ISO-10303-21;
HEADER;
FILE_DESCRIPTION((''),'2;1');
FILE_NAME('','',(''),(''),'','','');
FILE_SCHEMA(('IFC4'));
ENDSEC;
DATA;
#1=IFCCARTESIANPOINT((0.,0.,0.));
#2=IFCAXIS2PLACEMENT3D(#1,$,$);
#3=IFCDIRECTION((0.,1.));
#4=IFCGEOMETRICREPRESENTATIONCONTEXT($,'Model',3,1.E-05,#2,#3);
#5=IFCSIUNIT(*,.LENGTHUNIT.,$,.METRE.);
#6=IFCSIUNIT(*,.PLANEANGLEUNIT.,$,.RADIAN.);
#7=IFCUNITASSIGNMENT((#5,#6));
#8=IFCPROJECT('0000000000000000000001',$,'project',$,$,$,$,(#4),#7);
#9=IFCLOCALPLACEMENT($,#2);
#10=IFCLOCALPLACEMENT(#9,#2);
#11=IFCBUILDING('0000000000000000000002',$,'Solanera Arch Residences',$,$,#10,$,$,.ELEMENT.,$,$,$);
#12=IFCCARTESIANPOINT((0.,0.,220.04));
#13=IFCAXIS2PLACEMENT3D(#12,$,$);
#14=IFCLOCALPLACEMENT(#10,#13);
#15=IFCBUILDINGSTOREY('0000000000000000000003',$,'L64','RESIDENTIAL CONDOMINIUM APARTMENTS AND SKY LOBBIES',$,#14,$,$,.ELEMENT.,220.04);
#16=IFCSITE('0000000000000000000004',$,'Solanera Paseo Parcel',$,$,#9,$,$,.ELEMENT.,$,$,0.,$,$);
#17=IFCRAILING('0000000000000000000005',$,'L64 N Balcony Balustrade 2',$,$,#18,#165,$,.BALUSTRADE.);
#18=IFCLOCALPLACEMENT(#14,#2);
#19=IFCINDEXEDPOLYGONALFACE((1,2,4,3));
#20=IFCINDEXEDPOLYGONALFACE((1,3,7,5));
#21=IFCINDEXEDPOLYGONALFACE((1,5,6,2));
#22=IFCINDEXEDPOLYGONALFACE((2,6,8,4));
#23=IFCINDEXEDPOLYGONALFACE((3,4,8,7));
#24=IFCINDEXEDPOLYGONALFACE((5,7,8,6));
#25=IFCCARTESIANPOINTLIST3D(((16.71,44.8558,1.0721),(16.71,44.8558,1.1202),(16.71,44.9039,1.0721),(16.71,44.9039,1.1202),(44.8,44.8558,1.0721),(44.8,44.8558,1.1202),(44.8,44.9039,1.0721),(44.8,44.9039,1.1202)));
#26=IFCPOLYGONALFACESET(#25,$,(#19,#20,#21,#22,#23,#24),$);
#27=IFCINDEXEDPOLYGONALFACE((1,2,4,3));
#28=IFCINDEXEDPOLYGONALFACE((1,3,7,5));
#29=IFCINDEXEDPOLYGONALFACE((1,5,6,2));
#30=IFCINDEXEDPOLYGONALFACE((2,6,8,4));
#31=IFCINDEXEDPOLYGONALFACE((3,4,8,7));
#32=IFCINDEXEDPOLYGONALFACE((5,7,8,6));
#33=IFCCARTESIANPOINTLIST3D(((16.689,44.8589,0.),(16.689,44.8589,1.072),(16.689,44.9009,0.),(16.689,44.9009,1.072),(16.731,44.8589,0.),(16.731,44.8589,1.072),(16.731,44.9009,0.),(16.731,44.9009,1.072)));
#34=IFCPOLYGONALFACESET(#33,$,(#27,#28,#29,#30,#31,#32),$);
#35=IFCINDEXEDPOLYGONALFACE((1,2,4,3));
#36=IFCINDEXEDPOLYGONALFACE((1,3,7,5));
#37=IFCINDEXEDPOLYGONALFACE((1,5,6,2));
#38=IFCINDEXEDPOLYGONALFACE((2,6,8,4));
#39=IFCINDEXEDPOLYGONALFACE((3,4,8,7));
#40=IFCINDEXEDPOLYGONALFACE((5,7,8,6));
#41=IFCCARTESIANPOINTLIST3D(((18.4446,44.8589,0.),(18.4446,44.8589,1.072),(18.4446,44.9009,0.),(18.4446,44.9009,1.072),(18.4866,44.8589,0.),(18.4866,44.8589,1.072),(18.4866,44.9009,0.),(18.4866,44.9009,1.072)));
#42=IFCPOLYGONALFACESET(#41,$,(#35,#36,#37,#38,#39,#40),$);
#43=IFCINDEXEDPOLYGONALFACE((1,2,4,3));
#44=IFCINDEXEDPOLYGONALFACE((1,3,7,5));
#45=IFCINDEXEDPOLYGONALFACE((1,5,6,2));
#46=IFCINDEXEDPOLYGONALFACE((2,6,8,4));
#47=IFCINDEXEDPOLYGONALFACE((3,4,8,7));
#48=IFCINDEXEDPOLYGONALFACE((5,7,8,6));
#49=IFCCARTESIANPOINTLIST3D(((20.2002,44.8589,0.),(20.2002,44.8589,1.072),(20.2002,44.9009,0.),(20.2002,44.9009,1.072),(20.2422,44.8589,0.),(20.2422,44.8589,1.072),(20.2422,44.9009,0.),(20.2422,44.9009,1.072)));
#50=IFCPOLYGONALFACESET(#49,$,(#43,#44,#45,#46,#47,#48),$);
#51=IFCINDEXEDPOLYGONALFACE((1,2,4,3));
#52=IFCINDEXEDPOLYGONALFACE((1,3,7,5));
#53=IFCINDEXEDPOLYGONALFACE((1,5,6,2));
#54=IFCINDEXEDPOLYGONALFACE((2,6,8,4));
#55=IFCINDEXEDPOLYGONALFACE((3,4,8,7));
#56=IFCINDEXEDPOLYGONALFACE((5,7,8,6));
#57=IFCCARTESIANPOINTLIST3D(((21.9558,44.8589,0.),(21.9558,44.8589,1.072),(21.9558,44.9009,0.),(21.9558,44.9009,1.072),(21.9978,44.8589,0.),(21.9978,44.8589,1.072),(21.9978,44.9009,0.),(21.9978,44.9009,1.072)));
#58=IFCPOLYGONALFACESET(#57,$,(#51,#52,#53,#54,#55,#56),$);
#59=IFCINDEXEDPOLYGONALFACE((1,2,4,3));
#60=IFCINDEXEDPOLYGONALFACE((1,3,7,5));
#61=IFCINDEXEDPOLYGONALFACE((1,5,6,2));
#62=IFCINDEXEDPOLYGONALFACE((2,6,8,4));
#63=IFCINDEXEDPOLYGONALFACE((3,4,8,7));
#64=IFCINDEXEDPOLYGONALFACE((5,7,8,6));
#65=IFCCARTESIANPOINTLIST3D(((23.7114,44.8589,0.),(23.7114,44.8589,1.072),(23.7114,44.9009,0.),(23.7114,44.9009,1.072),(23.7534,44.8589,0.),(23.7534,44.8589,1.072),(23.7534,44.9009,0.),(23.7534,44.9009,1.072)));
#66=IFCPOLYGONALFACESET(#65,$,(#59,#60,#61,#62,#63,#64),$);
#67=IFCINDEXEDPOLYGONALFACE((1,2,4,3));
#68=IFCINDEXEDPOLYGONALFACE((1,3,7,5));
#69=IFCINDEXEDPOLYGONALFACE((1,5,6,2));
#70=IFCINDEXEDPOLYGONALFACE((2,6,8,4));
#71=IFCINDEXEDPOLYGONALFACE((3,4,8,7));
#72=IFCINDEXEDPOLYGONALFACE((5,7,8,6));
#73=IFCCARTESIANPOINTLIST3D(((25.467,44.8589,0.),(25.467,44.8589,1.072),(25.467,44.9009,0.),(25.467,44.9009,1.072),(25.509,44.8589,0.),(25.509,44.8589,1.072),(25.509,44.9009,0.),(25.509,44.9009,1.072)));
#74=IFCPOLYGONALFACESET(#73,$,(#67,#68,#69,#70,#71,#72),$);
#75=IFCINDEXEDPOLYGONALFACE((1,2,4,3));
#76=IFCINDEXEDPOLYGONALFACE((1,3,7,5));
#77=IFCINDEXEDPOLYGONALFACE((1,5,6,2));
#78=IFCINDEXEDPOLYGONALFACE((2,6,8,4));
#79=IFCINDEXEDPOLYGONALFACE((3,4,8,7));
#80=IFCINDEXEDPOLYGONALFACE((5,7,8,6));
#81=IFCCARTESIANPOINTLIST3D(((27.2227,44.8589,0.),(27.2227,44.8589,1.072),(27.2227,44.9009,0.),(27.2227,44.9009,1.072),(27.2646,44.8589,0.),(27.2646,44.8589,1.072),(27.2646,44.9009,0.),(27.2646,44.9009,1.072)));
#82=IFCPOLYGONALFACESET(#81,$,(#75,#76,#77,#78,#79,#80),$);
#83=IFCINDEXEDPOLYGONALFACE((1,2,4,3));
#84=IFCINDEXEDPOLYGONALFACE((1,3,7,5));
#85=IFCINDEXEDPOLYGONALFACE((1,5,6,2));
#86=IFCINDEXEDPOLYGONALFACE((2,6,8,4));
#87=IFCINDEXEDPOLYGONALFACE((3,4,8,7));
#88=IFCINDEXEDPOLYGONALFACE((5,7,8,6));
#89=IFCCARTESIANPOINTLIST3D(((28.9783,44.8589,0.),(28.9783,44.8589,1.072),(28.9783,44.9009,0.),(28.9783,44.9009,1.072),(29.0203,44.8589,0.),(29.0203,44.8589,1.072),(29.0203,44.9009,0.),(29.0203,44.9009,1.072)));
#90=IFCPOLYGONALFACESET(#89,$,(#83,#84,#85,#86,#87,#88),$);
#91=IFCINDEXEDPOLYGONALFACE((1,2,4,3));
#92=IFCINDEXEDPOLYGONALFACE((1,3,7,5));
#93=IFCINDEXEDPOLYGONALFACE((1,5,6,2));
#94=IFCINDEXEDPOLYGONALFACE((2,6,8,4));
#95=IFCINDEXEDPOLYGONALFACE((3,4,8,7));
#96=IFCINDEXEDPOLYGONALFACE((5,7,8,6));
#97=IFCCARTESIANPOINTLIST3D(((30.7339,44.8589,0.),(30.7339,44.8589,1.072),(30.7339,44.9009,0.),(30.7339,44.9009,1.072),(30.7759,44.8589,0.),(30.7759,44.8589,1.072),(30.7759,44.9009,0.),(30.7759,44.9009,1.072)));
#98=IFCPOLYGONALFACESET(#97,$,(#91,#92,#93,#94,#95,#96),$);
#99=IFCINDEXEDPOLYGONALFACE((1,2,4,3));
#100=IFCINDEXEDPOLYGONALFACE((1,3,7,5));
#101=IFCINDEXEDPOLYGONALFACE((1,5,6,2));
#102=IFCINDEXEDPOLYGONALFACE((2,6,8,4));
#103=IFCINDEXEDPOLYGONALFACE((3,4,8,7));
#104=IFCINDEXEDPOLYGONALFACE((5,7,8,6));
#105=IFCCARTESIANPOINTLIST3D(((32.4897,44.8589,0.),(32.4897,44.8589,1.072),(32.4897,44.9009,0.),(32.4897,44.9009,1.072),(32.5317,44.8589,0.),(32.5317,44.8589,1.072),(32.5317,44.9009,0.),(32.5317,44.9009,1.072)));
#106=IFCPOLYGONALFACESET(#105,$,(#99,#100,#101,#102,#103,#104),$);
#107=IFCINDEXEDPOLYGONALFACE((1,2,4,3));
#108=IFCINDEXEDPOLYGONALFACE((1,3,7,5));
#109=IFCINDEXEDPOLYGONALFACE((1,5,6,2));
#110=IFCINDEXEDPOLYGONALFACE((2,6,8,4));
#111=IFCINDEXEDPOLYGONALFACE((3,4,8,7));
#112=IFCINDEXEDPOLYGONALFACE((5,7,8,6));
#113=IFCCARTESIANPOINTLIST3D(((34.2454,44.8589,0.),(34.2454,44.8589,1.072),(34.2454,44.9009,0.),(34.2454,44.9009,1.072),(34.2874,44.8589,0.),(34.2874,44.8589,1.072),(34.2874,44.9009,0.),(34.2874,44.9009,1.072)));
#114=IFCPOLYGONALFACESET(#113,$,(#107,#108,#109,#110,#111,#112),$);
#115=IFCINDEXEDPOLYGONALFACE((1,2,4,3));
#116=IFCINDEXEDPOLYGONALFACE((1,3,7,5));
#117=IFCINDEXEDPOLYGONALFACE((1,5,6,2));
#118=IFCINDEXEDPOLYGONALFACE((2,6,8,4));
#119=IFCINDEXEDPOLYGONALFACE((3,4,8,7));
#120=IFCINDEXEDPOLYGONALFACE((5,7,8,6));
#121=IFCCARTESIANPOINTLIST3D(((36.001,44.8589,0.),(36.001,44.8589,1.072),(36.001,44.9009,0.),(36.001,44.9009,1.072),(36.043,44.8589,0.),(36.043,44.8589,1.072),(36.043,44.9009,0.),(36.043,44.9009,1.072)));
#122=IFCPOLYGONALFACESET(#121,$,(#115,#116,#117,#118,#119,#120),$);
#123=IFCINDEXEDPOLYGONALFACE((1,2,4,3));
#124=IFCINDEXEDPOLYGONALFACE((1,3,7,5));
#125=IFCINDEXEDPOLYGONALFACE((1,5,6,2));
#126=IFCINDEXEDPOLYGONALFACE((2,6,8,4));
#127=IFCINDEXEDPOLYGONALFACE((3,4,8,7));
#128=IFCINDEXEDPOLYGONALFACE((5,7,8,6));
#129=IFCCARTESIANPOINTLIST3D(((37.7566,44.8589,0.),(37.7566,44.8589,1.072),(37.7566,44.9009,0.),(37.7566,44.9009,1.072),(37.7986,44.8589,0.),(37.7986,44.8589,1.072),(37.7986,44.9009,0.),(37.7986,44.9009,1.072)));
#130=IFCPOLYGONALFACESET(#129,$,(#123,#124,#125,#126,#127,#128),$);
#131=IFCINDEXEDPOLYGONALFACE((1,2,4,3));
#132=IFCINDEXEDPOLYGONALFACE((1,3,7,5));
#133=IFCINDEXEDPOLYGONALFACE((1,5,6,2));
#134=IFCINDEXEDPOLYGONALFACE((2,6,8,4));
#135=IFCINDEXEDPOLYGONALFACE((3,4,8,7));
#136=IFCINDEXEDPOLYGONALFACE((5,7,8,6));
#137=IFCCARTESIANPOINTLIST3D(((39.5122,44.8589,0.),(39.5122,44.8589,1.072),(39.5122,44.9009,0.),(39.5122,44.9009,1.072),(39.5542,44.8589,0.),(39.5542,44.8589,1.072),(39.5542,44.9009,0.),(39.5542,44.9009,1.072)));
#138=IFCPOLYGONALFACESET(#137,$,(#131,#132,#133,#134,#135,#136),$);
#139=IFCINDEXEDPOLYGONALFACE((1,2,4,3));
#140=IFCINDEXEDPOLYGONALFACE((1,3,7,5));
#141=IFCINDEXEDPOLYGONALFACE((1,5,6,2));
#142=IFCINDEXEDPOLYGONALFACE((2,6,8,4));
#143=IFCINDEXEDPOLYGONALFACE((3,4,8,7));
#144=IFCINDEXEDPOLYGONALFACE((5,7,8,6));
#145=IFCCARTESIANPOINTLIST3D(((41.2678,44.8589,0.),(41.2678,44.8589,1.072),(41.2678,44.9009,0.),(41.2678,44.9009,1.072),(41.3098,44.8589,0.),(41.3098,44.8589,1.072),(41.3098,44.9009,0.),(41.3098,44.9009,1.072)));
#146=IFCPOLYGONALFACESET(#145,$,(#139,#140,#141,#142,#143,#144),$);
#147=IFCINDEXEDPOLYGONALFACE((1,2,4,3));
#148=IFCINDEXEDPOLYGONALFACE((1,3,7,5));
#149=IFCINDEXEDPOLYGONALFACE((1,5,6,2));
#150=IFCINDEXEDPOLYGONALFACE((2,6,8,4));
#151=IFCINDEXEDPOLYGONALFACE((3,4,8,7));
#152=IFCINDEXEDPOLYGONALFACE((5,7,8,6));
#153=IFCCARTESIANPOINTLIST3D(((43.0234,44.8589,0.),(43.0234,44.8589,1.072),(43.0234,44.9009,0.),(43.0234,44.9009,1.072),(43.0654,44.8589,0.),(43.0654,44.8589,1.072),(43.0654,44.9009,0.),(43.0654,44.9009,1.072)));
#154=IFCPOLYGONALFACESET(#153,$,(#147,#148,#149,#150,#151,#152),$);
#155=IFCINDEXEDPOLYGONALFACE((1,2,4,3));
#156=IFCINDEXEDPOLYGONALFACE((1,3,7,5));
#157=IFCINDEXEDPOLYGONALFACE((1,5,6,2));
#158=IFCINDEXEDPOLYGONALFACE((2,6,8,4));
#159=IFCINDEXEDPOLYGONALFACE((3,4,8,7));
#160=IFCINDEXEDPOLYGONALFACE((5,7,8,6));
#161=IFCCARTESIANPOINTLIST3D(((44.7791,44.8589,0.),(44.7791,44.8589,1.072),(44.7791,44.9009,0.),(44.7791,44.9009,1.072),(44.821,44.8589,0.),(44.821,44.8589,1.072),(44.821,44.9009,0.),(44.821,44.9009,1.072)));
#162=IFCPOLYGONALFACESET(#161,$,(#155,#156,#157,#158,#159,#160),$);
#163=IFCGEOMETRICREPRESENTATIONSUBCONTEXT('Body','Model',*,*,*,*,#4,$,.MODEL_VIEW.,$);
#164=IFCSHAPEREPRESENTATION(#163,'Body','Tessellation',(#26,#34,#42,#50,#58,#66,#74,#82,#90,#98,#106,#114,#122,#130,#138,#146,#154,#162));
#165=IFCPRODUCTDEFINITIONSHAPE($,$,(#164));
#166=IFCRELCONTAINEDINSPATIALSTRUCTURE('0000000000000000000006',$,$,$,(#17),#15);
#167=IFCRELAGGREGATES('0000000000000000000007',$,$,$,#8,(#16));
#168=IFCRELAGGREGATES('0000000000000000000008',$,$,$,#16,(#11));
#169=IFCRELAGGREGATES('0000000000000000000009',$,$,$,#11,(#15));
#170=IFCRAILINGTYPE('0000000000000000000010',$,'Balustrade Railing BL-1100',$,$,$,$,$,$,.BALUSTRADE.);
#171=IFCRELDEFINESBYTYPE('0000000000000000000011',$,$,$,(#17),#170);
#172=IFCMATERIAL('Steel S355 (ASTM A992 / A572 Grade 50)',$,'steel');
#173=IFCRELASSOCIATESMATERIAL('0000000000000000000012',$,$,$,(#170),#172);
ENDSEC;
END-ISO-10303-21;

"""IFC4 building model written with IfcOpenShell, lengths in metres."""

from ifc_helpers import new_model, si_unit, direction, frame, origin, origin_2d, place, context, subcontext, project, spatial, rectangle, extrude, material, type_object, element, save


model = new_model("IFC4")

# Units and contexts
model_context = context("Model", 3, precision=1e-05, world=origin(), true_north=direction((0.0, 1.0)))
body_context = subcontext(model_context, "Body", "Model", "MODEL_VIEW")
ifc_project = project(units=[si_unit("LENGTHUNIT", "METRE"), si_unit("PLANEANGLEUNIT", "RADIAN")], contexts=[model_context])

# Site, building, storey
site_placement = place(None, origin())
site = spatial("IfcSite", under=ifc_project, at=site_placement, Name="Solanera Paseo Parcel", CompositionType="ELEMENT", RefElevation=0.0)
building_placement = place(site_placement, origin())
building = spatial("IfcBuilding", under=site, at=building_placement, Name="Solanera Arch Residences", CompositionType="ELEMENT")
storey_placement = place(building_placement, frame((0.0, 0.0, 220.04)))
storey = spatial("IfcBuildingStorey", under=building, at=storey_placement, Name="L64", Description="RESIDENTIAL CONDOMINIUM APARTMENTS AND SKY LOBBIES", CompositionType="ELEMENT", Elevation=220.04)

# Railing
ifc_material_1 = material(Name="Steel S355 (ASTM A992 / A572 Grade 50)", Category="steel")
railing_type = type_object("IfcRailingType", Name="Balustrade Railing BL-1100", PredefinedType="BALUSTRADE", material=ifc_material_1)
railing_placement = place(storey_placement, frame((16.71, 44.8799, 0.0)))
element("IfcRailing", 1, at=railing_placement, inside=storey, type_object=railing_type, Name="L64 N Balcony Balustrade 2", PredefinedType="BALUSTRADE", context=body_context, shape_type="SweptSolid", body=[
    extrude(rectangle(XDim=0.0481, YDim=0.0481, at=origin_2d()), frame((0.0, 0.0, 1.0962), z_axis=(1.0, 0.0, 0.0), x_axis=(0.0, 1.0, 0.0)), (0.0, 0.0, 1.0), 28.0901),
    extrude(rectangle(XDim=0.042, YDim=0.042, at=origin_2d()), origin(), (0.0, 0.0, 1.0), 1.072),
    extrude(rectangle(XDim=0.042, YDim=0.042, at=origin_2d()), frame((1.7556, 0.0, 0.0)), (0.0, 0.0, 1.0), 1.072),
    extrude(rectangle(XDim=0.042, YDim=0.042, at=origin_2d()), frame((3.5112, 0.0, 0.0)), (0.0, 0.0, 1.0), 1.072),
    extrude(rectangle(XDim=0.042, YDim=0.042, at=origin_2d()), frame((5.2668, 0.0, 0.0)), (0.0, 0.0, 1.0), 1.072),
    extrude(rectangle(XDim=0.042, YDim=0.042, at=origin_2d()), frame((7.0225, 0.0, 0.0)), (0.0, 0.0, 1.0), 1.072),
    extrude(rectangle(XDim=0.042, YDim=0.042, at=origin_2d()), frame((8.7781, 0.0, 0.0)), (0.0, 0.0, 1.0), 1.072),
    extrude(rectangle(XDim=0.042, YDim=0.042, at=origin_2d()), frame((10.5337, 0.0, 0.0)), (0.0, 0.0, 1.0), 1.072),
    extrude(rectangle(XDim=0.042, YDim=0.042, at=origin_2d()), frame((12.2893, 0.0, 0.0)), (0.0, 0.0, 1.0), 1.072),
    extrude(rectangle(XDim=0.042, YDim=0.042, at=origin_2d()), frame((14.0449, 0.0, 0.0)), (0.0, 0.0, 1.0), 1.072),
    extrude(rectangle(XDim=0.042, YDim=0.042, at=origin_2d()), frame((15.8008, 0.0, 0.0)), (0.0, 0.0, 1.0), 1.072),
    extrude(rectangle(XDim=0.042, YDim=0.042, at=origin_2d()), frame((17.5564, 0.0, 0.0)), (0.0, 0.0, 1.0), 1.072),
    extrude(rectangle(XDim=0.042, YDim=0.042, at=origin_2d()), frame((19.312, 0.0, 0.0)), (0.0, 0.0, 1.0), 1.072),
    extrude(rectangle(XDim=0.042, YDim=0.042, at=origin_2d()), frame((21.0676, 0.0, 0.0)), (0.0, 0.0, 1.0), 1.072),
    extrude(rectangle(XDim=0.042, YDim=0.042, at=origin_2d()), frame((22.8232, 0.0, 0.0)), (0.0, 0.0, 1.0), 1.072),
    extrude(rectangle(XDim=0.042, YDim=0.042, at=origin_2d()), frame((24.5789, 0.0, 0.0)), (0.0, 0.0, 1.0), 1.072),
    extrude(rectangle(XDim=0.042, YDim=0.042, at=origin_2d()), frame((26.3345, 0.0, 0.0)), (0.0, 0.0, 1.0), 1.072),
    extrude(rectangle(XDim=0.042, YDim=0.042, at=origin_2d()), frame((28.0901, 0.0, 0.0)), (0.0, 0.0, 1.0), 1.072),
])

save(model, "model.ifc")
